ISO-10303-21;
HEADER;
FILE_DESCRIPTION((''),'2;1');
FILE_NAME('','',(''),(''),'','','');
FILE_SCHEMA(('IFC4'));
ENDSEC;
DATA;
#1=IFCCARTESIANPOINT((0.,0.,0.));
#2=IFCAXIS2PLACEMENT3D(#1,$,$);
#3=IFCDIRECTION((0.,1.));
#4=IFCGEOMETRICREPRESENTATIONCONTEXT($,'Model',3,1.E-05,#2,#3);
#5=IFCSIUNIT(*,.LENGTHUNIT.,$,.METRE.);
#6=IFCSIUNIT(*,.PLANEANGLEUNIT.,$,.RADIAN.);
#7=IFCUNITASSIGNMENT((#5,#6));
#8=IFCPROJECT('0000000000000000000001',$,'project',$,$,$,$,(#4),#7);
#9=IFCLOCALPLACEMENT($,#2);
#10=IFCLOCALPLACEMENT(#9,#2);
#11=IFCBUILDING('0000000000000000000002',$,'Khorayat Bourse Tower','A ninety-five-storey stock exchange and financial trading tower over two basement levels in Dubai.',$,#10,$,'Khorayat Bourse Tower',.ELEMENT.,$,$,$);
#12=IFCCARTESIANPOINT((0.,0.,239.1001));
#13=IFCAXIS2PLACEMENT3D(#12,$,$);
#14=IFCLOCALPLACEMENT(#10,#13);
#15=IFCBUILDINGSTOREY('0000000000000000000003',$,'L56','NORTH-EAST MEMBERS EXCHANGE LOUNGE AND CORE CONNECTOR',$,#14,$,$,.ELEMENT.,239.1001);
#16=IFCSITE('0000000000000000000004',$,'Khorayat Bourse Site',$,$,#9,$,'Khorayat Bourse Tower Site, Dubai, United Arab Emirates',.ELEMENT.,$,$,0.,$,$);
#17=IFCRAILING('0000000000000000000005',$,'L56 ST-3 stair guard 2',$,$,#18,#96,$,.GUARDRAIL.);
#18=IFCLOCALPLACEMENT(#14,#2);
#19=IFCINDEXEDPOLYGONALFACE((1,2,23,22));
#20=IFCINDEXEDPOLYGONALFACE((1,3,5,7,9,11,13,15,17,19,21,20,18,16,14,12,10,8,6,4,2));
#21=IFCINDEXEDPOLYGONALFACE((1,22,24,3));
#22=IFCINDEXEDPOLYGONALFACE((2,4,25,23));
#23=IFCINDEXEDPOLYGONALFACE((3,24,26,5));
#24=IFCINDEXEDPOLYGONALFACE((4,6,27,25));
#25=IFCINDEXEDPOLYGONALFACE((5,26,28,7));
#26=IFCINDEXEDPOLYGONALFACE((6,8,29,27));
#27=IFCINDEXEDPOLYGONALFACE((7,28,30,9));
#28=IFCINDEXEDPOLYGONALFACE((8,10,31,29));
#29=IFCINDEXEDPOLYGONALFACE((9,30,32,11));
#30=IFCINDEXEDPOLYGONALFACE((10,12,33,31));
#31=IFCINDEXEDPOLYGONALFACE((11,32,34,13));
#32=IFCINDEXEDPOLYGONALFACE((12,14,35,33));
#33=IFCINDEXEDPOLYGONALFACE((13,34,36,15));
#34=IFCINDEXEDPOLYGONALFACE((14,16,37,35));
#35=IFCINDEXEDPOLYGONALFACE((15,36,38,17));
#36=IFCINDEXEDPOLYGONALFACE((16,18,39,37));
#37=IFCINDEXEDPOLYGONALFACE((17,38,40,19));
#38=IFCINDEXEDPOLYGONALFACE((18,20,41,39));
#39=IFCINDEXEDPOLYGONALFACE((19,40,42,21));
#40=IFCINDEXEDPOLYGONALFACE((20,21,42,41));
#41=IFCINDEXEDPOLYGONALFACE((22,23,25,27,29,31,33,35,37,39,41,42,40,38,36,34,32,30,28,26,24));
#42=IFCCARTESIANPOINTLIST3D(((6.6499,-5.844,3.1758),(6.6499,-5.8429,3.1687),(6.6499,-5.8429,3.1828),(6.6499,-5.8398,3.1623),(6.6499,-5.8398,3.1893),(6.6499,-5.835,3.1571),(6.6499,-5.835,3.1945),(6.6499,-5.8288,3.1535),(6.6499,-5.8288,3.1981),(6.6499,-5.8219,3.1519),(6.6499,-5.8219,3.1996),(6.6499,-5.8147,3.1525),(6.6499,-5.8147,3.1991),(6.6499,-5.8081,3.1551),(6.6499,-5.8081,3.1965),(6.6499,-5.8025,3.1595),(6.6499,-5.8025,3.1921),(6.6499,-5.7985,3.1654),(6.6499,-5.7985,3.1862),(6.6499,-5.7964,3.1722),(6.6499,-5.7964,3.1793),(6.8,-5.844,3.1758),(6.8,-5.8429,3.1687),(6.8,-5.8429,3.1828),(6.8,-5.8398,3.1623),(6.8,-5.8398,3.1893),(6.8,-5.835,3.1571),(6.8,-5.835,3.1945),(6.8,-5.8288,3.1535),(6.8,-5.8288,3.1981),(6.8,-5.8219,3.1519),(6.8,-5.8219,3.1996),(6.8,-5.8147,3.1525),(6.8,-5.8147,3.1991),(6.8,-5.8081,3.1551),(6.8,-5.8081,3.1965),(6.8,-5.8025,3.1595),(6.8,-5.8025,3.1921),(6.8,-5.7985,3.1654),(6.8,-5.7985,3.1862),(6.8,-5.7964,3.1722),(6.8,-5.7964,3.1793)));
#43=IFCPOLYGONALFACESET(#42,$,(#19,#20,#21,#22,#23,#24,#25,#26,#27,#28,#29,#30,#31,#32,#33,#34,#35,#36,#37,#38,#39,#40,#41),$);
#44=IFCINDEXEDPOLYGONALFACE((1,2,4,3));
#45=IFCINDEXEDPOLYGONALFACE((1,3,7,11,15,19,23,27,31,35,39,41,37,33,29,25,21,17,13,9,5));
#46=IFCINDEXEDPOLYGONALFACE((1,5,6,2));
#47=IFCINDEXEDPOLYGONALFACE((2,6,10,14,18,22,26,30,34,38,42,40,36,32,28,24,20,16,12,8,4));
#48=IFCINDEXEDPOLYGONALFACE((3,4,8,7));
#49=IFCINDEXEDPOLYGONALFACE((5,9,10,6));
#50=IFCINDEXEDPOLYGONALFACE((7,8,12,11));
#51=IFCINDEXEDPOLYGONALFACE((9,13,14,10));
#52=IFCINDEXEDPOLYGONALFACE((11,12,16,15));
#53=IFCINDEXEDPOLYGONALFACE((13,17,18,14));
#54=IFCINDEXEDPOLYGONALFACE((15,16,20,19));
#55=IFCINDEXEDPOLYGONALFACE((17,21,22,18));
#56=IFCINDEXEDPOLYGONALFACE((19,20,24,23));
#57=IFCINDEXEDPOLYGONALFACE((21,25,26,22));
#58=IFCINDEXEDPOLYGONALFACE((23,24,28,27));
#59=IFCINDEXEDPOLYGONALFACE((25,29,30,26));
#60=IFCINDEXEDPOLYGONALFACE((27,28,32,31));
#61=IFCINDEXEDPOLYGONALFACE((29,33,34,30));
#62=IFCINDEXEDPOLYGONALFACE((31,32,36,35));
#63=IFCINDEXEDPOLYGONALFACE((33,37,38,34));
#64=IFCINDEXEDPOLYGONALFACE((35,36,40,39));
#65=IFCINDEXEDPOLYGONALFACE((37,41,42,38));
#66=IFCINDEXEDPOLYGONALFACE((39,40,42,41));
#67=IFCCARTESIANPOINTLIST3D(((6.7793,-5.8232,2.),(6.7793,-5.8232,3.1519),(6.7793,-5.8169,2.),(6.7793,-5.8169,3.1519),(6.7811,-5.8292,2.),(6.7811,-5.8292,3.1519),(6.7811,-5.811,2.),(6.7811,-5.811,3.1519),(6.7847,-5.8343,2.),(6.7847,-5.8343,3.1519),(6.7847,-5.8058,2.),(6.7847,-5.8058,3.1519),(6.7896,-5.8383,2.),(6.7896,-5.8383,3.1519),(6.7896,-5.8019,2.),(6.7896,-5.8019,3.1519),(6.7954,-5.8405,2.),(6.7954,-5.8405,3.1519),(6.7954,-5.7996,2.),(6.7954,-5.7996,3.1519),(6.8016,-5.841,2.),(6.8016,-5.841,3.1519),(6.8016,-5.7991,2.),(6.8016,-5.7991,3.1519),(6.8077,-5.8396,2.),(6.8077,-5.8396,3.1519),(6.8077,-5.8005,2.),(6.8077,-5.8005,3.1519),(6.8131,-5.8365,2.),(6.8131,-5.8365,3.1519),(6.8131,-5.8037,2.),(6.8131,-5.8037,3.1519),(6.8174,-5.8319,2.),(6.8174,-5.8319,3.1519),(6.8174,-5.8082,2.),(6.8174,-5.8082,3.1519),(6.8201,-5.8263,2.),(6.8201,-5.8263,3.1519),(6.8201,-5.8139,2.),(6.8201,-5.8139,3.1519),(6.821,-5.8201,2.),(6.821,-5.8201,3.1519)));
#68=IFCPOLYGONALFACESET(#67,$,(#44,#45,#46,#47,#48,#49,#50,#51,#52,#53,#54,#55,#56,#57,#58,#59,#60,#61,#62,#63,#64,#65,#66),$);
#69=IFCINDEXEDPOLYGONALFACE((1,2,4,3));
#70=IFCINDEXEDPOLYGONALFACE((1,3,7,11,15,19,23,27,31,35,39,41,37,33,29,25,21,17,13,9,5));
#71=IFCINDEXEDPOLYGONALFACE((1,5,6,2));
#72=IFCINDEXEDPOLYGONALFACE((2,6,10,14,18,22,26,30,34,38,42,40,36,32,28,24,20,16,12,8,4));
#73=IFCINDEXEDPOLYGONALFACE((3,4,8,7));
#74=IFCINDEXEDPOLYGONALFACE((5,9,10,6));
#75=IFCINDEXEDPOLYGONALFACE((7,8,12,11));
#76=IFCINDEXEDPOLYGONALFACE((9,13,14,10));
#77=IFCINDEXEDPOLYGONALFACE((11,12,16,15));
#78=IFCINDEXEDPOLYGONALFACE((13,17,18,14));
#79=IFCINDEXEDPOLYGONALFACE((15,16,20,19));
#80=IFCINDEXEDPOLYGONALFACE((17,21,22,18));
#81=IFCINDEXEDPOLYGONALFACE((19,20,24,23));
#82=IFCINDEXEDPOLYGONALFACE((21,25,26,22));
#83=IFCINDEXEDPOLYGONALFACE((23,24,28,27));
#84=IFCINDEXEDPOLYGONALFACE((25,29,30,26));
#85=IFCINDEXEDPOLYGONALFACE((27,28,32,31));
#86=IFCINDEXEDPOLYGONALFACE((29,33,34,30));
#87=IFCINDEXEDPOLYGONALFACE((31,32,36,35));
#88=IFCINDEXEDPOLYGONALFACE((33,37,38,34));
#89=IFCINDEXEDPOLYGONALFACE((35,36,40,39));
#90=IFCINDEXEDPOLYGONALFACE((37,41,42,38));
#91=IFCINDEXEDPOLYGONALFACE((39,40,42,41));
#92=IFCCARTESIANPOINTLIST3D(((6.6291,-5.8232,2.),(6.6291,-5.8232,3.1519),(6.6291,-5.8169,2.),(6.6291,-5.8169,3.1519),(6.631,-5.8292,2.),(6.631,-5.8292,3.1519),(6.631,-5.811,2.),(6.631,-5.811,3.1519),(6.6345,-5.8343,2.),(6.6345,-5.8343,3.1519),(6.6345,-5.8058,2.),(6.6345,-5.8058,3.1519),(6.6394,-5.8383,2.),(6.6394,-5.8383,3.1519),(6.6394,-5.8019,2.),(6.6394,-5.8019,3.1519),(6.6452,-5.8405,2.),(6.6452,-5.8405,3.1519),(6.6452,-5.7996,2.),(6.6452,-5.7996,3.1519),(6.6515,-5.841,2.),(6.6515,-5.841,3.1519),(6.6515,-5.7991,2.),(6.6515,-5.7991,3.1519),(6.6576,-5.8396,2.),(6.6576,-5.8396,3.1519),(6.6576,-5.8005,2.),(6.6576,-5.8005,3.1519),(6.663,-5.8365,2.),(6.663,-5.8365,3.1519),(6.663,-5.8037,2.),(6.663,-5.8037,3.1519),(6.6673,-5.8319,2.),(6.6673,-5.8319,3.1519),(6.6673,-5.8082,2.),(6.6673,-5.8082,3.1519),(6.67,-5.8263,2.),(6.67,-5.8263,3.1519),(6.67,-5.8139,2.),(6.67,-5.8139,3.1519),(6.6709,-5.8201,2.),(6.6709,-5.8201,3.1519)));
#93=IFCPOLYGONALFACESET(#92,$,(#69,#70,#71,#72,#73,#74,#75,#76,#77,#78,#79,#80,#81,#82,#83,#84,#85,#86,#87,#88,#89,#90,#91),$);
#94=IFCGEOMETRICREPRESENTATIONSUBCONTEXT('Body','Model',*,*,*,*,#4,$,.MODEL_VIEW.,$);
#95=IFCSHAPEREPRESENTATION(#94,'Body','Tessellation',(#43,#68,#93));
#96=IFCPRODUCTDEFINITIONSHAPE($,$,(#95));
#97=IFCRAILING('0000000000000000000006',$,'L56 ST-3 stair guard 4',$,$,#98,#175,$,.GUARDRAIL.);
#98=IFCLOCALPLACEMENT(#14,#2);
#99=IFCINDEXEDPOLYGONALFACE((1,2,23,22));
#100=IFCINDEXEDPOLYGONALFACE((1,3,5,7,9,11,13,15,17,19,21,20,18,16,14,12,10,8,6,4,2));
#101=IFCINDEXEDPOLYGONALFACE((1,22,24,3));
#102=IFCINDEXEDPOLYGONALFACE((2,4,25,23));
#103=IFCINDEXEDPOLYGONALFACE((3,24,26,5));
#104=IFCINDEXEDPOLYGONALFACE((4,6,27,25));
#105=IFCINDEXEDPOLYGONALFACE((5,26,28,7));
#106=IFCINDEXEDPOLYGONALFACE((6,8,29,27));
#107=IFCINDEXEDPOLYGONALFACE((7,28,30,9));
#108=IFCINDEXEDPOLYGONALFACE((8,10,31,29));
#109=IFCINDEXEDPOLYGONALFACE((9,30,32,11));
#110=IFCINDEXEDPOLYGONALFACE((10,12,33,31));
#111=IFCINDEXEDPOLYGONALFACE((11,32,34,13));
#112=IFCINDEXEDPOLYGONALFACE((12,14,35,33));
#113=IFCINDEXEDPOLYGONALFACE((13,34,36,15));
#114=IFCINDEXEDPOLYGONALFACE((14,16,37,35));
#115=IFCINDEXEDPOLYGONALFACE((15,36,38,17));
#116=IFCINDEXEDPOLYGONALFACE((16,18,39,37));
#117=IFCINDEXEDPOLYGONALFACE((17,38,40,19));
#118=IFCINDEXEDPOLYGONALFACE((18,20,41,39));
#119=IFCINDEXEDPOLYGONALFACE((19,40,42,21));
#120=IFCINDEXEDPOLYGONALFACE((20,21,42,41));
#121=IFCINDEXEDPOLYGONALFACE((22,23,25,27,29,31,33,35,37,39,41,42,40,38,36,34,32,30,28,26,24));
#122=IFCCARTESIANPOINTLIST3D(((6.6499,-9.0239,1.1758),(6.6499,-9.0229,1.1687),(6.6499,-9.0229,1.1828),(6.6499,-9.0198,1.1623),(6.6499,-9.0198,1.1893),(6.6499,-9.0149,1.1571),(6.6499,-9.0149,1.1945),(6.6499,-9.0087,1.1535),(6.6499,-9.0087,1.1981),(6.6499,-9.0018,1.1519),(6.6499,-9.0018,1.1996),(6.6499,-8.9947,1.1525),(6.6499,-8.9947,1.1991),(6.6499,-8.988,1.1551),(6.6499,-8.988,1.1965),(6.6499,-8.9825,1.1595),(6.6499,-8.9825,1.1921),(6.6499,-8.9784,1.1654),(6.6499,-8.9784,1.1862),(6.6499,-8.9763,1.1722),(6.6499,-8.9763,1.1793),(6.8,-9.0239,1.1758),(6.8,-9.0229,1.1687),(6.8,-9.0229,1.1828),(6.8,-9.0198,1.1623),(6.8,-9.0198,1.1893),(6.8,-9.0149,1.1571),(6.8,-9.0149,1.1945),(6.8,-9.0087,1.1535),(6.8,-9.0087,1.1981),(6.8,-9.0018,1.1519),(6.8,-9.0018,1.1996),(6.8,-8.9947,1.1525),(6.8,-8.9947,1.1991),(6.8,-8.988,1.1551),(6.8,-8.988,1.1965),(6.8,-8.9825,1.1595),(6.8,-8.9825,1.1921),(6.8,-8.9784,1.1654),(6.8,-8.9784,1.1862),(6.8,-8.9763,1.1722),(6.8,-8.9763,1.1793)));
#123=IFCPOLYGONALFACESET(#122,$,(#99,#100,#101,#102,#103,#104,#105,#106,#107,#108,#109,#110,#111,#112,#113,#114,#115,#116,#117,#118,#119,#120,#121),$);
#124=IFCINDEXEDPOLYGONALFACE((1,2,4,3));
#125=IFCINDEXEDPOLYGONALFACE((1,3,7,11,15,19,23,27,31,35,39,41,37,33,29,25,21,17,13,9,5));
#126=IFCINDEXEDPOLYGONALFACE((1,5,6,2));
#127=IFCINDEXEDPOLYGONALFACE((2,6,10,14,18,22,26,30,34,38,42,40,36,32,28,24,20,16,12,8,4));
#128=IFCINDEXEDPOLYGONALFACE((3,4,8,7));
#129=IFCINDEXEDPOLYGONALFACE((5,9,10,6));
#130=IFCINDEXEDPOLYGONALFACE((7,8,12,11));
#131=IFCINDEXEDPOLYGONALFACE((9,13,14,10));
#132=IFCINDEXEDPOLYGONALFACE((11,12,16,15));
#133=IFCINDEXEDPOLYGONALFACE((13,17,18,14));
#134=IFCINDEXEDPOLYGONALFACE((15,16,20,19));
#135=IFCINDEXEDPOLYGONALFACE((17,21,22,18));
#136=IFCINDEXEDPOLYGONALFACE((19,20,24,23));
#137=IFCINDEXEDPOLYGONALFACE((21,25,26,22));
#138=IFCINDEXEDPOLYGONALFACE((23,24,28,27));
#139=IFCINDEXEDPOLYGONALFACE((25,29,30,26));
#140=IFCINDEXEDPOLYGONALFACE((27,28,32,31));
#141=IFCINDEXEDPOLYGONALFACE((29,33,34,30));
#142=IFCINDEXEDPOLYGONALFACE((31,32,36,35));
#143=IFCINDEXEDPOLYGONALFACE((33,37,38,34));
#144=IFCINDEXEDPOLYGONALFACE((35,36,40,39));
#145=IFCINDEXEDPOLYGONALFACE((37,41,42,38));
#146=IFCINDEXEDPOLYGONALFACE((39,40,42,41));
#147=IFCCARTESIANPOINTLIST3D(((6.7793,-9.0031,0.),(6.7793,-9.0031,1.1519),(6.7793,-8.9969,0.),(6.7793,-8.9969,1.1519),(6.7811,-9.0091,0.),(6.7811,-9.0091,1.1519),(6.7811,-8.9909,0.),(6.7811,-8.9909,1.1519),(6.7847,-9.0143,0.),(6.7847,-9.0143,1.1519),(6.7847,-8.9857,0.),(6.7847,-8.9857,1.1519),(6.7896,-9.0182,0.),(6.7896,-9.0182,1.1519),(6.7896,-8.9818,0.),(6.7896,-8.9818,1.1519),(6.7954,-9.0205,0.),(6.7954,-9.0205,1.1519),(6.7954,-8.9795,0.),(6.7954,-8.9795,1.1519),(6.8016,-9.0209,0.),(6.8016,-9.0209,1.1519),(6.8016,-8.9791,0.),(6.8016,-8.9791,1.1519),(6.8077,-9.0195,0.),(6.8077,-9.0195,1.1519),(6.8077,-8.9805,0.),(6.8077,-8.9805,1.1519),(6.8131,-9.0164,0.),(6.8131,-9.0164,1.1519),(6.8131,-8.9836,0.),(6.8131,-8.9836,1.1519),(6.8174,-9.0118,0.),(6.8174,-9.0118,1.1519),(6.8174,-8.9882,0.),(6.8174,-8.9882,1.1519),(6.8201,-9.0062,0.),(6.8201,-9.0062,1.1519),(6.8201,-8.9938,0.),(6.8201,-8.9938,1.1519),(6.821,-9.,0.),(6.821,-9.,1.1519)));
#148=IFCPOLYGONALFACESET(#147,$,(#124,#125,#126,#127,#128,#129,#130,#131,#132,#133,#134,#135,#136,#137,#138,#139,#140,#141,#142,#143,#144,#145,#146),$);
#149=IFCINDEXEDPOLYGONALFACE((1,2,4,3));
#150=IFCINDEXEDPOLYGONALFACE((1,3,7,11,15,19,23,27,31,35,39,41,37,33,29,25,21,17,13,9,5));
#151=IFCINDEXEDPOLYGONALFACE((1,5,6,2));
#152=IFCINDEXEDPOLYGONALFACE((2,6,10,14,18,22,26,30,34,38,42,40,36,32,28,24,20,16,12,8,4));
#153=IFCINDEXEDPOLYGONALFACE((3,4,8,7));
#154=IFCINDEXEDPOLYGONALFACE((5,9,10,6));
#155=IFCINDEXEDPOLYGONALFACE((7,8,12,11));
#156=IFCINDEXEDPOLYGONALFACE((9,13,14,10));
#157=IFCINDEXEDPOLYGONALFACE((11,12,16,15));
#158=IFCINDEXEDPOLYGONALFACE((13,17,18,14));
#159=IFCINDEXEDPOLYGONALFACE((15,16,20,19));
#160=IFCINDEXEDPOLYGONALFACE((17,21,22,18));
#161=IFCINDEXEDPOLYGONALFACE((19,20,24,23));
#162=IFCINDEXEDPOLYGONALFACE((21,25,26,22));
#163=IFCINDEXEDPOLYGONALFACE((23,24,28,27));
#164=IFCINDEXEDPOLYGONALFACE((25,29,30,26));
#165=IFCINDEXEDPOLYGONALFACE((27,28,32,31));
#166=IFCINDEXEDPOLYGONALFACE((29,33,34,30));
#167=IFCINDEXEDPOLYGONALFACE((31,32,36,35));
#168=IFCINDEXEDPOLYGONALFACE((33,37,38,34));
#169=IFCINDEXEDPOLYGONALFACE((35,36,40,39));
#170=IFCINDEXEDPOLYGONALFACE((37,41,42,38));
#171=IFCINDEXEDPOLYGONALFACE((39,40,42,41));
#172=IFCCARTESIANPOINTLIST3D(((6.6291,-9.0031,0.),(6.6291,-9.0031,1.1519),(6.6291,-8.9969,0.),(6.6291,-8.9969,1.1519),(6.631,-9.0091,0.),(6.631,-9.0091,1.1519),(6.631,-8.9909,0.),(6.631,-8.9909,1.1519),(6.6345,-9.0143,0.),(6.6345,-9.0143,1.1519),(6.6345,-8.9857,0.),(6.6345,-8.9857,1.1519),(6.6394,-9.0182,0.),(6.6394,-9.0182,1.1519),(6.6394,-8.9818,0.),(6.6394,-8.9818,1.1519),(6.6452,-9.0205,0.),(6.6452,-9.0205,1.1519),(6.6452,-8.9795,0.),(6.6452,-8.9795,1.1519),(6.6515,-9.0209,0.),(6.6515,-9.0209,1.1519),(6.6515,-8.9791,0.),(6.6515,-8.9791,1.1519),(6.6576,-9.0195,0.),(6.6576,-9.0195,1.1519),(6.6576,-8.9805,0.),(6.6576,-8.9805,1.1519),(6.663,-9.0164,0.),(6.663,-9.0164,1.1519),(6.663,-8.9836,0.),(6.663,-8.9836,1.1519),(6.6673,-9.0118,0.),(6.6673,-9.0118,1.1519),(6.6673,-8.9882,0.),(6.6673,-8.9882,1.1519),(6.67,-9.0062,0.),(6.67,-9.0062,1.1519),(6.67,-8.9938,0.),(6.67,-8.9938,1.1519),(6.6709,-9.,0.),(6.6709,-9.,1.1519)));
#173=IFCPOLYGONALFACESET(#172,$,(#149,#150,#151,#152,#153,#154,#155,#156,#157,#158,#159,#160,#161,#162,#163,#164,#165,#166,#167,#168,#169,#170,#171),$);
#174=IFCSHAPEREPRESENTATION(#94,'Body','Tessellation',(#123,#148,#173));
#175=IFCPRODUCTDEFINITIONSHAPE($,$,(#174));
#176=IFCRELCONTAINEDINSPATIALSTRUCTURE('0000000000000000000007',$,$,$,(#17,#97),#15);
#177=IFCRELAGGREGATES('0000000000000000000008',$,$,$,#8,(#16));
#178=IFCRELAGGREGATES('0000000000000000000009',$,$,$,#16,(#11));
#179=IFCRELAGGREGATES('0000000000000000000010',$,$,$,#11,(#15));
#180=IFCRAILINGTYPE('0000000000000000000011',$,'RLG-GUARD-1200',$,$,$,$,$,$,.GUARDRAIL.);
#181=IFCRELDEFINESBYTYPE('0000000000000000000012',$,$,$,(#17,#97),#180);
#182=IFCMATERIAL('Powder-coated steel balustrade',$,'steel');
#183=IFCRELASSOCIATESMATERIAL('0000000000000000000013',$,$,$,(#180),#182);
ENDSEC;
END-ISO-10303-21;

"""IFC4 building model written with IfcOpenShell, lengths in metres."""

from ifc_helpers import new_model, si_unit, direction, frame, origin, origin_2d, place, context, subcontext, project, spatial, circle, extrude, source, transform, mapped, material, type_object, element, save


model = new_model("IFC4")

# Units and contexts
model_context = context("Model", 3, precision=1e-05, world=origin(), true_north=direction((0.0, 1.0)))
body_context = subcontext(model_context, "Body", "Model", "MODEL_VIEW")
ifc_project = project(units=[si_unit("LENGTHUNIT", "METRE"), si_unit("PLANEANGLEUNIT", "RADIAN")], contexts=[model_context])

# Site, building, storey
site_placement = place(None, origin())
site = spatial("IfcSite", under=ifc_project, at=site_placement, Name="Khorayat Bourse Site", LongName="Khorayat Bourse Tower Site, Dubai, United Arab Emirates", CompositionType="ELEMENT", RefElevation=0.0)
building_placement = place(site_placement, origin())
building = spatial("IfcBuilding", under=site, at=building_placement, Name="Khorayat Bourse Tower", Description="A ninety-five-storey stock exchange and financial trading tower over two basement levels in Dubai.", LongName="Khorayat Bourse Tower", CompositionType="ELEMENT")
storey_placement = place(building_placement, frame((0.0, 0.0, 239.1001)))
storey = spatial("IfcBuildingStorey", under=building, at=storey_placement, Name="L56", Description="NORTH-EAST MEMBERS EXCHANGE LOUNGE AND CORE CONNECTOR", CompositionType="ELEMENT", Elevation=239.1001)

# Railings
ifc_material_1 = material(Name="Powder-coated steel balustrade", Category="steel")
railing_type_1 = type_object("IfcRailingType", Name="RLG-GUARD-1200", PredefinedType="GUARDRAIL", material=ifc_material_1)
shared_shape_1 = source(origin(), body_context, "Body", "SweptSolid", [
    extrude(circle(Radius=0.0239, at=origin_2d()), frame((0.0, 0.0, 1.1758), z_axis=(-1.0, 0.0, 0.0), x_axis=(0.0, -1.0, 0.0)), (0.0, 0.0, 1.0), 0.1501),
    extrude(circle(Radius=0.021, at=origin_2d()), origin(), (0.0, 0.0, 1.0), 1.1519),
    extrude(circle(Radius=0.021, at=origin_2d()), frame((-0.1501, 0.0, 0.0)), (0.0, 0.0, 1.0), 1.1519),
])
for number, where, name in (
    (1, (6.8, -5.8201, 2.0), "L56 ST-3 stair guard 2"),
    (2, (6.8, -9.0, 0.0), "L56 ST-3 stair guard 4"),
):
    element("IfcRailing", number, at=place(storey_placement, frame(where)), inside=storey, type_object=railing_type_1, Name=name, PredefinedType="GUARDRAIL", context=body_context, shape_type="MappedRepresentation", body=[
        mapped(shared_shape_1, transform((0.0, 0.0, 0.0), scale=1.0)),
    ])

save(model, "model.ifc")
